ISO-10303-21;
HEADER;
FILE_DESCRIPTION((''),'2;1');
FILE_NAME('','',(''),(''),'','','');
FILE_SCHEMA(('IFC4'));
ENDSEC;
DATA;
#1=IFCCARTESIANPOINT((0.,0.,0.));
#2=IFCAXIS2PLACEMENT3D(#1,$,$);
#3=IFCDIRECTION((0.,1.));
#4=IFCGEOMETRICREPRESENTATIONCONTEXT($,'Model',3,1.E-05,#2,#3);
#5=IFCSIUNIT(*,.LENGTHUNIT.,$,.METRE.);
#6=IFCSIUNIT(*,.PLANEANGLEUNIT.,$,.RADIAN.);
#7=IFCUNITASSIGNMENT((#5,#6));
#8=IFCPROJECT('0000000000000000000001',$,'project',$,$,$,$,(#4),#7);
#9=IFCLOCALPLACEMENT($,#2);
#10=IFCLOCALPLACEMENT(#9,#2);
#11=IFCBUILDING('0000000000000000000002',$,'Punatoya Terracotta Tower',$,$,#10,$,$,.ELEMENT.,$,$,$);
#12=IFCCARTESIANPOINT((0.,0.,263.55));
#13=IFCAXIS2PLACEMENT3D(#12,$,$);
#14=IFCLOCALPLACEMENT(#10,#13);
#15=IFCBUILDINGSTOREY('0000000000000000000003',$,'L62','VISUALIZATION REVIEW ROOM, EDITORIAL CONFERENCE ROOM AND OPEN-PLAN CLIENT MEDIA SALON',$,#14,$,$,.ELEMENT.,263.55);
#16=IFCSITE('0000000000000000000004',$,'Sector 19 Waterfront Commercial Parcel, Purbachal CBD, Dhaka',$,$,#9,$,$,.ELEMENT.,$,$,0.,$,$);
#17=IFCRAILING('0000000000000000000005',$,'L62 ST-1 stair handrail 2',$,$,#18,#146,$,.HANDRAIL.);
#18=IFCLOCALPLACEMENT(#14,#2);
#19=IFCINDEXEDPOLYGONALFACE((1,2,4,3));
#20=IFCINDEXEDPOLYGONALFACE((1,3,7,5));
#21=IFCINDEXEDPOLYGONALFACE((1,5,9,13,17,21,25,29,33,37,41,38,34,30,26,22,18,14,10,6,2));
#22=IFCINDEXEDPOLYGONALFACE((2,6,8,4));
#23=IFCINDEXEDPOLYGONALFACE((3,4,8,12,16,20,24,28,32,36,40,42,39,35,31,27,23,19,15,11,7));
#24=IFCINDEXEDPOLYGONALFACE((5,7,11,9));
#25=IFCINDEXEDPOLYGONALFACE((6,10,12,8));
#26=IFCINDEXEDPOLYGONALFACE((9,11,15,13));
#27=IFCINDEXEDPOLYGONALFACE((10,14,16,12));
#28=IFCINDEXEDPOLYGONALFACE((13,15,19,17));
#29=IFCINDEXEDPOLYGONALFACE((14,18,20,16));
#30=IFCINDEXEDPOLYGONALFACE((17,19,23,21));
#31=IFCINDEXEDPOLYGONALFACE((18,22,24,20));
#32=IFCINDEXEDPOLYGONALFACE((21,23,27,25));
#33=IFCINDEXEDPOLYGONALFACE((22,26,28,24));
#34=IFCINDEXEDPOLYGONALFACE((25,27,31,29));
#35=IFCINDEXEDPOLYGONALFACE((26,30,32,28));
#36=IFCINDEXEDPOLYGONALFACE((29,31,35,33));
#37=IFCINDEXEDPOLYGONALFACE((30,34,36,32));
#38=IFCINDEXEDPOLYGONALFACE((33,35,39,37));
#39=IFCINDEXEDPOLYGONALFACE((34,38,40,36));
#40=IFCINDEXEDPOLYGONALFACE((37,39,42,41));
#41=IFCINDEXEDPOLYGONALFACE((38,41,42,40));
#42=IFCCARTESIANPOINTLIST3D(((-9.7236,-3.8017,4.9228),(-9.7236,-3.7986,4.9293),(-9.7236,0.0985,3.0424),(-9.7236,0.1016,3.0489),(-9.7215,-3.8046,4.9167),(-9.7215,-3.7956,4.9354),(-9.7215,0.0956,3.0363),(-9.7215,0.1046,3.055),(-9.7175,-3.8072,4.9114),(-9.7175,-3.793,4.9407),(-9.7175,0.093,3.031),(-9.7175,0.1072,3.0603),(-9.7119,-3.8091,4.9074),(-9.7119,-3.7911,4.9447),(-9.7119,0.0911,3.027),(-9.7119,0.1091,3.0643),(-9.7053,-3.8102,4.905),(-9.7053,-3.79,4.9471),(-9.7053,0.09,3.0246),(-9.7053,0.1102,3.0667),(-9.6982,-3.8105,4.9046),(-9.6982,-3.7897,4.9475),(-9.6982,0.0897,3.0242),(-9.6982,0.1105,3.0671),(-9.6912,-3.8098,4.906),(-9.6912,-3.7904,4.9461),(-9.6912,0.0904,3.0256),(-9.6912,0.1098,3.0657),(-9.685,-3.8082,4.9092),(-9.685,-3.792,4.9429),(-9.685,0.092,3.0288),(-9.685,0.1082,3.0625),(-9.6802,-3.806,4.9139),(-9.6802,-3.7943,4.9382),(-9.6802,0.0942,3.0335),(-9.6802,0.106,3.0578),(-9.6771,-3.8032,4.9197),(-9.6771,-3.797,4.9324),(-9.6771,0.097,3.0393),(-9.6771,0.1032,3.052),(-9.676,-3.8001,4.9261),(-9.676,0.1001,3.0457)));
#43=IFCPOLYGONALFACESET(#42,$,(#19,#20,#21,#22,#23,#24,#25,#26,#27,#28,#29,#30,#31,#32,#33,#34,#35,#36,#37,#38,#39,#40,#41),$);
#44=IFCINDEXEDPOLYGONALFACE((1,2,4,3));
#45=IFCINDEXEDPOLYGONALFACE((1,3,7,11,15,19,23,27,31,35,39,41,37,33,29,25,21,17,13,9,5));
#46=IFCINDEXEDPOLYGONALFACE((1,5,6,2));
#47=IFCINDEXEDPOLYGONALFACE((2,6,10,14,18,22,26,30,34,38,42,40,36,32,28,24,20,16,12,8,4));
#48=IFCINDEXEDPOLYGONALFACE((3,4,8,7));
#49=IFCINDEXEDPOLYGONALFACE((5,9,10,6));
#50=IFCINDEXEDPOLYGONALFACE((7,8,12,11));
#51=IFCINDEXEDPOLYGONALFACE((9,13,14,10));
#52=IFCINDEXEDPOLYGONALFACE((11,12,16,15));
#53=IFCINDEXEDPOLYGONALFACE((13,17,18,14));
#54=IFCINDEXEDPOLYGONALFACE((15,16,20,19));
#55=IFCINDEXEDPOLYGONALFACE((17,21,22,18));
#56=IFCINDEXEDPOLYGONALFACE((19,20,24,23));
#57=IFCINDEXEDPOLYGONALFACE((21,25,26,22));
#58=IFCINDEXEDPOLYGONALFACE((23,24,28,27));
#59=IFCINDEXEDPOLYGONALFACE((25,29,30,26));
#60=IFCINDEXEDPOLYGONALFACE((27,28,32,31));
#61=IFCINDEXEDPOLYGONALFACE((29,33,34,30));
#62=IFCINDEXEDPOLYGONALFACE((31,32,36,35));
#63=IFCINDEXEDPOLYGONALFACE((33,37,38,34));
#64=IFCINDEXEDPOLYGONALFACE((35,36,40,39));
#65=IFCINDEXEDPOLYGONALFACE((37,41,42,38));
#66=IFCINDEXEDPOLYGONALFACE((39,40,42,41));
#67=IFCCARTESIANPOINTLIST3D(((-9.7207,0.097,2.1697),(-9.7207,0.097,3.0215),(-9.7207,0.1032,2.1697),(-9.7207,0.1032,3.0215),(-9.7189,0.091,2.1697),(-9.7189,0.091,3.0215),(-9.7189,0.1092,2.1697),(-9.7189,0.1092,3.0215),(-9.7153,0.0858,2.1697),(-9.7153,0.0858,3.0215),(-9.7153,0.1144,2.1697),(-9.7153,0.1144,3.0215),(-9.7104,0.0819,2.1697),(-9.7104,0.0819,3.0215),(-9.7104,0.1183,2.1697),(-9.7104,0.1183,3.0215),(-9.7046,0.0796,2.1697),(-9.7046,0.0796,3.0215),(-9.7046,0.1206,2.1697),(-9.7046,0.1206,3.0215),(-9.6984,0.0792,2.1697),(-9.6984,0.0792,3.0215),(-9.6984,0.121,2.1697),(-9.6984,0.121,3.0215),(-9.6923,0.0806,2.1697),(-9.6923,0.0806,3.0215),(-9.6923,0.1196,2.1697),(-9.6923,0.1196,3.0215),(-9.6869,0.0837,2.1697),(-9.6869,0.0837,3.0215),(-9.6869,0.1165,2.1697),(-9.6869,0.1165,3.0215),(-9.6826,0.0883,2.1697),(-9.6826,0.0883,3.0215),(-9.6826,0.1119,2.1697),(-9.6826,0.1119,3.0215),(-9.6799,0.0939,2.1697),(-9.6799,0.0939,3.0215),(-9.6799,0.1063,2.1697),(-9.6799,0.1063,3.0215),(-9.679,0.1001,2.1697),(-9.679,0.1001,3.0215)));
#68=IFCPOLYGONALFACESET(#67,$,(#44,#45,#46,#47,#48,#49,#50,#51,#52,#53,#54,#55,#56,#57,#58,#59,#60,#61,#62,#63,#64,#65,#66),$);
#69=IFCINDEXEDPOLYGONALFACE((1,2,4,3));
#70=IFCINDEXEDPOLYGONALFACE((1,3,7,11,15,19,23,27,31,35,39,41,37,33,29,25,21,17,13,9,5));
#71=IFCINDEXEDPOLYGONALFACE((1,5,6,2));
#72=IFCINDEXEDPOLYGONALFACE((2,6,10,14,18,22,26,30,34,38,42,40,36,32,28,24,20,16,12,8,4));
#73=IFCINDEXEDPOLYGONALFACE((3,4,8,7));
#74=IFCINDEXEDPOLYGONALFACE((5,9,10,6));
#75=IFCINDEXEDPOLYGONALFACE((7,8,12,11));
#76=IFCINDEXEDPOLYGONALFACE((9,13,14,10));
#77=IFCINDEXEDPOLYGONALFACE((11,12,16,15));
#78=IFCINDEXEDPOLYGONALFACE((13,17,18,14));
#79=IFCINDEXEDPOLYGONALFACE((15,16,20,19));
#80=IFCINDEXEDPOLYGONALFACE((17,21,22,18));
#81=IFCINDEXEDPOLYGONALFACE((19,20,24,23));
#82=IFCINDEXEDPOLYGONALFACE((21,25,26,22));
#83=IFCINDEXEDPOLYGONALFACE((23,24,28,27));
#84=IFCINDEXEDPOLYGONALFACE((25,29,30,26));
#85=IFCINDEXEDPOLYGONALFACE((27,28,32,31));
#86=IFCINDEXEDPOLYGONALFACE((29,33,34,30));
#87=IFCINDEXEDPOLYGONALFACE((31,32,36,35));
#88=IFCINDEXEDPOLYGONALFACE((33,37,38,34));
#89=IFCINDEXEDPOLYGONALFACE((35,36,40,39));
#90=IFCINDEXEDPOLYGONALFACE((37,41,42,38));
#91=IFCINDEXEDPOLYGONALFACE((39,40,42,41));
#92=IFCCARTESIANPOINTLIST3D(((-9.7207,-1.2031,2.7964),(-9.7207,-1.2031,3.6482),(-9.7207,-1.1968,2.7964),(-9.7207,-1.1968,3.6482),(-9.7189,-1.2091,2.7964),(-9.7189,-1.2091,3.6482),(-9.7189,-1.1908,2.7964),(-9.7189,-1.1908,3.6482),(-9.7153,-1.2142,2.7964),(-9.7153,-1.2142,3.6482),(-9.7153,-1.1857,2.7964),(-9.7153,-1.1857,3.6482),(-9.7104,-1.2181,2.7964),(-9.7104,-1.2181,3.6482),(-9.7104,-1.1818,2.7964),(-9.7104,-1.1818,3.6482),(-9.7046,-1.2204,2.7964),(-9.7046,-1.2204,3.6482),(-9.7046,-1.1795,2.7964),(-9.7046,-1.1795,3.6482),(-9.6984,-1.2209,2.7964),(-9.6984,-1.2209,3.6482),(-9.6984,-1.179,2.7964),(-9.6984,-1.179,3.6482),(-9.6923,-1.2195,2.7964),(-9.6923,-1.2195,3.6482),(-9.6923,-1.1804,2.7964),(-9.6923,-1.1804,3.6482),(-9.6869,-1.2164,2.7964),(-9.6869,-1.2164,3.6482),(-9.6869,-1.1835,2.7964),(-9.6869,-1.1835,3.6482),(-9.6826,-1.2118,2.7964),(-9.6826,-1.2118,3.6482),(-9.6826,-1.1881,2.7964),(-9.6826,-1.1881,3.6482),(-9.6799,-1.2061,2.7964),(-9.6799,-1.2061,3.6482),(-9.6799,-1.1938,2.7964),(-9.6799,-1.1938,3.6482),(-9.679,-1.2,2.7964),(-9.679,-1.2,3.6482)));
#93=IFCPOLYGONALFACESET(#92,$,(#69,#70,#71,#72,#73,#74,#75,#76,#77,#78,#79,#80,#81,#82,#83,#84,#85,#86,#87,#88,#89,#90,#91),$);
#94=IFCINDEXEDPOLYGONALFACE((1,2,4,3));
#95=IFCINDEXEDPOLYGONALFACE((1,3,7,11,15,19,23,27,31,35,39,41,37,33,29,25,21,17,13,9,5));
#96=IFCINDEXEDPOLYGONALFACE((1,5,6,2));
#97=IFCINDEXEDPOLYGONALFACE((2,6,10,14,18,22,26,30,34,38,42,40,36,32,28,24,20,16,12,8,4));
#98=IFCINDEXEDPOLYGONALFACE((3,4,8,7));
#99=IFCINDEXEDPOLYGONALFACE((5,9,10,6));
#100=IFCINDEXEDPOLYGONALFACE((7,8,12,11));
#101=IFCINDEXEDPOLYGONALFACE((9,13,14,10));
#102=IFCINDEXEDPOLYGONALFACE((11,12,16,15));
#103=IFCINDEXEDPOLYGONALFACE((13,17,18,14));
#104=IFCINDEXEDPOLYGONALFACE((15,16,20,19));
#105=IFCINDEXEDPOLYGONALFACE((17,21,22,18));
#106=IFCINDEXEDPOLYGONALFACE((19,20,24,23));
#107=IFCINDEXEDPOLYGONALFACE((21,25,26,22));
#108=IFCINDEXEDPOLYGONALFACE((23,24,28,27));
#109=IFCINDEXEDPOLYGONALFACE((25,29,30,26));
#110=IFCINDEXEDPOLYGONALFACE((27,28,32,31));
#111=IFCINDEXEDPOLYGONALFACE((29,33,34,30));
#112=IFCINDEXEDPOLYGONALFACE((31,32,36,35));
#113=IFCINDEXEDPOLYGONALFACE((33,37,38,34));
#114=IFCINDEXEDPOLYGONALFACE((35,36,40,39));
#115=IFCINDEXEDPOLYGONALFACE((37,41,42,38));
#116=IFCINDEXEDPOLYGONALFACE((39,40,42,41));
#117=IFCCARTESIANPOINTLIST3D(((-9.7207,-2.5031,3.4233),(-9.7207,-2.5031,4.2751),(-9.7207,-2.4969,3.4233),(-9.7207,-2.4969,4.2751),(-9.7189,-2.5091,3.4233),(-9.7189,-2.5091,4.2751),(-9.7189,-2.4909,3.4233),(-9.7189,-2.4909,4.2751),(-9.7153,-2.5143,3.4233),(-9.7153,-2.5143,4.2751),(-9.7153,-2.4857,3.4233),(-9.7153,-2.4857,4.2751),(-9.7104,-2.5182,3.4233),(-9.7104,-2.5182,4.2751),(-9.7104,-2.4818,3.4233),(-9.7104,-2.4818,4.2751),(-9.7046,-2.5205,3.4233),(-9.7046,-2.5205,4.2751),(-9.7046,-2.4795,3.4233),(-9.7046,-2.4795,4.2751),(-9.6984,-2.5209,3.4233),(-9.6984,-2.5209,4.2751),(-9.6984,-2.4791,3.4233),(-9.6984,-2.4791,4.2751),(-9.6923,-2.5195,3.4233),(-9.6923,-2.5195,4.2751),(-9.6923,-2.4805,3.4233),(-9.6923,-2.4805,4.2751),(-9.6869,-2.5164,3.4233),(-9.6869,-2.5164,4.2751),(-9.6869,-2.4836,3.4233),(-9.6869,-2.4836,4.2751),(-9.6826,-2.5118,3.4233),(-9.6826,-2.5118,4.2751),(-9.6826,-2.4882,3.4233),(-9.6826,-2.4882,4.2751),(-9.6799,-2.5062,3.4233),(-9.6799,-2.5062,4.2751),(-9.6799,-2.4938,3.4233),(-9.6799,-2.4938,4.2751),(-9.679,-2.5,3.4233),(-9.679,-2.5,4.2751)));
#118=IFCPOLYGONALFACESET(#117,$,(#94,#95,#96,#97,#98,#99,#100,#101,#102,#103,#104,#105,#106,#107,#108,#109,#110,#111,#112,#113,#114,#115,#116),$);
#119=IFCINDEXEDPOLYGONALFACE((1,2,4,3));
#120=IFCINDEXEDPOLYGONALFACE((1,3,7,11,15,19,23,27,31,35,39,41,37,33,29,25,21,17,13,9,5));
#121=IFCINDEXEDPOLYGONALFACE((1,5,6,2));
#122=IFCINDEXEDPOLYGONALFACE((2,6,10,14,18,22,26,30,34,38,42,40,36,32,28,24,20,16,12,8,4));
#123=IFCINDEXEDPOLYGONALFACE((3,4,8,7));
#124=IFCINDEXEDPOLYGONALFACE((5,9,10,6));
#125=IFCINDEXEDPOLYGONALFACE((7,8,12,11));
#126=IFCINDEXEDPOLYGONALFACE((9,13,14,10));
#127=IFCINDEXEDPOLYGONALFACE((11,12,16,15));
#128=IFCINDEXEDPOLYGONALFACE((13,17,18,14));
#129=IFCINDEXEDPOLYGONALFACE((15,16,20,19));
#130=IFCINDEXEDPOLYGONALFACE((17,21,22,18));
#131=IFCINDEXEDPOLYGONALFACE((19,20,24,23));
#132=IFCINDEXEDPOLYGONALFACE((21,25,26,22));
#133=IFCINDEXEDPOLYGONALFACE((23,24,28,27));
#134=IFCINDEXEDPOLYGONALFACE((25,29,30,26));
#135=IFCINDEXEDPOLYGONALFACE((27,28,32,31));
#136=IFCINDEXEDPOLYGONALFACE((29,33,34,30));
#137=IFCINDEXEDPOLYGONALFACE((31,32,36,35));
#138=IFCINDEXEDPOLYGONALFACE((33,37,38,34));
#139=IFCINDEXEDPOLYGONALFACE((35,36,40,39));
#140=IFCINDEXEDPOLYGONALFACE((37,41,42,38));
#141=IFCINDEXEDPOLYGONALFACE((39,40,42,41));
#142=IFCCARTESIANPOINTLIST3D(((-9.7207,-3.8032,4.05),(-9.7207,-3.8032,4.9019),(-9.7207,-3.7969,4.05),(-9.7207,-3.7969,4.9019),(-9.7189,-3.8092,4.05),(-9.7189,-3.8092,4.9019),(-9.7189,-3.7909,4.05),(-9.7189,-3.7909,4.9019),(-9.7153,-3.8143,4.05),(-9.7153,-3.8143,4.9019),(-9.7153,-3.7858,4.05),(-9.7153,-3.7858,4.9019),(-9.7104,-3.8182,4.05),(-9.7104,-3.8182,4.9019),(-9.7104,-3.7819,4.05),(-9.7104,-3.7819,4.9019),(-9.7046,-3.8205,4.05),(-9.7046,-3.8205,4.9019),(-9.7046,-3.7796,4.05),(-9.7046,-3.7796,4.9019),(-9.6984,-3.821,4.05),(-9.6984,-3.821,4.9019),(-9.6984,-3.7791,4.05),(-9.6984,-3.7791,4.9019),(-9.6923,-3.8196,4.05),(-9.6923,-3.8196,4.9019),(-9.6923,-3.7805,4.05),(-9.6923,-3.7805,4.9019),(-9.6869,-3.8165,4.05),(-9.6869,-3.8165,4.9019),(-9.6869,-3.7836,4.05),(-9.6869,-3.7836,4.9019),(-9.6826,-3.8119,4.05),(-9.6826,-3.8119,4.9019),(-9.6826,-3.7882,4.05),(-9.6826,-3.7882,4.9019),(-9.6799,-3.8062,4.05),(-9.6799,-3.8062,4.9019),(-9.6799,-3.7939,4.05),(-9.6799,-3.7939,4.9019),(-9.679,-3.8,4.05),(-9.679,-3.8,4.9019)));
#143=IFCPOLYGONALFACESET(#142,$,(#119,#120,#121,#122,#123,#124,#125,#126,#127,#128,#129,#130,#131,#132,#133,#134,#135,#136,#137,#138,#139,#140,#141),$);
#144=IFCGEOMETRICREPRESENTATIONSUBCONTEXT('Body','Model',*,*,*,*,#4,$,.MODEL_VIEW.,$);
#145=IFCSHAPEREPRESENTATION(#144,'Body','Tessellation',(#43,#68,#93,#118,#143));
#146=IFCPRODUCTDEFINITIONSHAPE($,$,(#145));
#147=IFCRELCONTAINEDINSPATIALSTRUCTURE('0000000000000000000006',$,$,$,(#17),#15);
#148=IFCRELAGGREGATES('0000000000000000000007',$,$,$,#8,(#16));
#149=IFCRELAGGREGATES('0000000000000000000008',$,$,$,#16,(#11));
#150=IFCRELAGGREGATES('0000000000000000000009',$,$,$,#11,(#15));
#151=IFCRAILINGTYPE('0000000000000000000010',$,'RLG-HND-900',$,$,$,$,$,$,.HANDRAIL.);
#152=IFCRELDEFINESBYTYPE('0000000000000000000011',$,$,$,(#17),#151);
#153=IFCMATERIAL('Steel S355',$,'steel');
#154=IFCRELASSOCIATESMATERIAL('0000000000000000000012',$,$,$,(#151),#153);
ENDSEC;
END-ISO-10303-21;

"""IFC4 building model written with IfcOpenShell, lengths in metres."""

from ifc_helpers import new_model, si_unit, direction, frame, origin, origin_2d, place, context, subcontext, project, spatial, circle, extrude, material, type_object, element, save


model = new_model("IFC4")

# Units and contexts
model_context = context("Model", 3, precision=1e-05, world=origin(), true_north=direction((0.0, 1.0)))
body_context = subcontext(model_context, "Body", "Model", "MODEL_VIEW")
ifc_project = project(units=[si_unit("LENGTHUNIT", "METRE"), si_unit("PLANEANGLEUNIT", "RADIAN")], contexts=[model_context])

# Site, building, storey
site_placement = place(None, origin())
site = spatial("IfcSite", under=ifc_project, at=site_placement, Name="Sector 19 Waterfront Commercial Parcel, Purbachal CBD, Dhaka", CompositionType="ELEMENT", RefElevation=0.0)
building_placement = place(site_placement, origin())
building = spatial("IfcBuilding", under=site, at=building_placement, Name="Punatoya Terracotta Tower", CompositionType="ELEMENT")
storey_placement = place(building_placement, frame((0.0, 0.0, 263.55)))
storey = spatial("IfcBuildingStorey", under=building, at=storey_placement, Name="L62", Description="VISUALIZATION REVIEW ROOM, EDITORIAL CONFERENCE ROOM AND OPEN-PLAN CLIENT MEDIA SALON", CompositionType="ELEMENT", Elevation=263.55)

# Shared definitions
ifc_material_1 = material(Name="Steel S355", Category="steel")

# Railing
railing_type_1 = type_object("IfcRailingType", Name="RLG-HND-900", PredefinedType="HANDRAIL", material=ifc_material_1)
railing_1_placement = place(storey_placement, frame((-9.7, 0.1001, 2.1697)))
element("IfcRailing", 1, at=railing_1_placement, inside=storey, type_object=railing_type_1, Name="L62 ST-1 stair handrail 2", PredefinedType="HANDRAIL", context=body_context, shape_type="SweptSolid", body=[
    extrude(circle(Radius=0.0239, at=origin_2d()), frame((0.0, 0.0, 0.876), z_axis=(0.0, -0.900774, 0.434289), x_axis=(1.0, 0.0, 0.0)), (0.0, 0.0, 1.0), 4.3298),
    extrude(circle(Radius=0.021, at=origin_2d()), origin(), (0.0, 0.0, 1.0), 0.8518),
    extrude(circle(Radius=0.021, at=origin_2d()), frame((0.0, -1.3, 0.6267)), (0.0, 0.0, 1.0), 0.8518),
    extrude(circle(Radius=0.021, at=origin_2d()), frame((0.0, -2.6001, 1.2537)), (0.0, 0.0, 1.0), 0.8518),
    extrude(circle(Radius=0.021, at=origin_2d()), frame((0.0, -3.9001, 1.8804)), (0.0, 0.0, 1.0), 0.8518),
])

save(model, "model.ifc")
